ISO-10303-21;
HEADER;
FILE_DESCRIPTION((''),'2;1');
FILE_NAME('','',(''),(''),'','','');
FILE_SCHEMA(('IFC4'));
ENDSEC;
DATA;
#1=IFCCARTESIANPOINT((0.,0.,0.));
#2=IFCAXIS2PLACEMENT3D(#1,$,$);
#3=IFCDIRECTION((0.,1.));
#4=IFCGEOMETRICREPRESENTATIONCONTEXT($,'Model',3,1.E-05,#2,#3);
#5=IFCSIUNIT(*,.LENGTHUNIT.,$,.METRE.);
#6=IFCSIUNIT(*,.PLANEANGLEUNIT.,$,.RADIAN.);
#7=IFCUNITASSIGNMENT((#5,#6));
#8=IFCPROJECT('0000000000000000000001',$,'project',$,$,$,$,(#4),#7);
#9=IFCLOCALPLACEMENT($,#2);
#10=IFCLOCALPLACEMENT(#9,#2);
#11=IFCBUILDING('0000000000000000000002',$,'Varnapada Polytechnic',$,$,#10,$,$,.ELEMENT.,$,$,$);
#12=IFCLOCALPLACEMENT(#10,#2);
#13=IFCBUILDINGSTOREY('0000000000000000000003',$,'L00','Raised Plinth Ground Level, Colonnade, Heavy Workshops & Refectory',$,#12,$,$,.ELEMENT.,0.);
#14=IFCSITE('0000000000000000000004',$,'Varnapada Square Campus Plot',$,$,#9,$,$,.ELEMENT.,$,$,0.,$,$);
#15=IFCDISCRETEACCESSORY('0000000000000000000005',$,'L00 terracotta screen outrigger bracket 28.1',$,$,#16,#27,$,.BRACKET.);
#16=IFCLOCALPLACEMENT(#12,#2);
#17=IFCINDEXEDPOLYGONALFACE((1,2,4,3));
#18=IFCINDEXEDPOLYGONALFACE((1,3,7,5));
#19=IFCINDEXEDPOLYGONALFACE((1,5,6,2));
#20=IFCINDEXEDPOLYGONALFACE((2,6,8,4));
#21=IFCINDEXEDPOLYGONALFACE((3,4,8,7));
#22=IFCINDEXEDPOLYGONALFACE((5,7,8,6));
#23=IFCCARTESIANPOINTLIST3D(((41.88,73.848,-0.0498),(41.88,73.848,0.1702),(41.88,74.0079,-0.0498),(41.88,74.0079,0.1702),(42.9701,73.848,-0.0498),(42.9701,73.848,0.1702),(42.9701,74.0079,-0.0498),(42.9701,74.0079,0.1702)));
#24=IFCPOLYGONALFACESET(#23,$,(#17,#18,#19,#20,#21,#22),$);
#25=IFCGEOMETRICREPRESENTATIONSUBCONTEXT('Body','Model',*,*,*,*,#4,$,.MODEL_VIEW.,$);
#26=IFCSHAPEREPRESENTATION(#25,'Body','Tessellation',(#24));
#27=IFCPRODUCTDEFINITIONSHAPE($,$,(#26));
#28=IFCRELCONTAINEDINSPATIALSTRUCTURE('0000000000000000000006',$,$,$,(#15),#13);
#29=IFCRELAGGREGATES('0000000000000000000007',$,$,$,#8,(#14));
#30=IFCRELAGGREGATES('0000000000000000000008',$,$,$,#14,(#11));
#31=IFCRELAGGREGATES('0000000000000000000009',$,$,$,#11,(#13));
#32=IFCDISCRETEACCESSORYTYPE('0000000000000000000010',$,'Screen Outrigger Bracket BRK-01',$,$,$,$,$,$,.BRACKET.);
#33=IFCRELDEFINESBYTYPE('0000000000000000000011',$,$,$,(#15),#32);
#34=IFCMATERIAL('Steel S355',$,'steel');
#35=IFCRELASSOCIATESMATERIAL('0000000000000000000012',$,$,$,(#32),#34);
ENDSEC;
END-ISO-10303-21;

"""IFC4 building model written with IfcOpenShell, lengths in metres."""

from ifc_helpers import new_model, si_unit, direction, frame, origin, origin_2d, place, context, subcontext, project, spatial, rectangle, extrude, material, type_object, element, save


model = new_model("IFC4")

# Units and contexts
model_context = context("Model", 3, precision=1e-05, world=origin(), true_north=direction((0.0, 1.0)))
body_context = subcontext(model_context, "Body", "Model", "MODEL_VIEW")
ifc_project = project(units=[si_unit("LENGTHUNIT", "METRE"), si_unit("PLANEANGLEUNIT", "RADIAN")], contexts=[model_context])

# Site, building, storey
site_placement = place(None, origin())
site = spatial("IfcSite", under=ifc_project, at=site_placement, Name="Varnapada Square Campus Plot", CompositionType="ELEMENT", RefElevation=0.0)
building_placement = place(site_placement, origin())
building = spatial("IfcBuilding", under=site, at=building_placement, Name="Varnapada Polytechnic", CompositionType="ELEMENT")
storey_placement = place(building_placement, origin())
storey = spatial("IfcBuildingStorey", under=building, at=storey_placement, Name="L00", Description="Raised Plinth Ground Level, Colonnade, Heavy Workshops & Refectory", CompositionType="ELEMENT", Elevation=0.0)

# Discrete accessory
ifc_material_1 = material(Name="Steel S355", Category="steel")
discrete_accessory_type = type_object("IfcDiscreteAccessoryType", Name="Screen Outrigger Bracket BRK-01", PredefinedType="BRACKET", material=ifc_material_1)
discrete_accessory_placement = place(storey_placement, frame((42.425, 73.928, -0.0498), z_axis=(0.0, 0.0, 1.0), x_axis=(0.0, -1.0, 0.0)))
element("IfcDiscreteAccessory", 1, at=discrete_accessory_placement, inside=storey, type_object=discrete_accessory_type, Name="L00 terracotta screen outrigger bracket 28.1", PredefinedType="BRACKET", context=body_context, shape_type="SweptSolid", body=[
    extrude(rectangle(XDim=0.1599, YDim=1.0901, at=origin_2d()), origin(), (0.0, 0.0, 1.0), 0.22),
])

save(model, "model.ifc")
